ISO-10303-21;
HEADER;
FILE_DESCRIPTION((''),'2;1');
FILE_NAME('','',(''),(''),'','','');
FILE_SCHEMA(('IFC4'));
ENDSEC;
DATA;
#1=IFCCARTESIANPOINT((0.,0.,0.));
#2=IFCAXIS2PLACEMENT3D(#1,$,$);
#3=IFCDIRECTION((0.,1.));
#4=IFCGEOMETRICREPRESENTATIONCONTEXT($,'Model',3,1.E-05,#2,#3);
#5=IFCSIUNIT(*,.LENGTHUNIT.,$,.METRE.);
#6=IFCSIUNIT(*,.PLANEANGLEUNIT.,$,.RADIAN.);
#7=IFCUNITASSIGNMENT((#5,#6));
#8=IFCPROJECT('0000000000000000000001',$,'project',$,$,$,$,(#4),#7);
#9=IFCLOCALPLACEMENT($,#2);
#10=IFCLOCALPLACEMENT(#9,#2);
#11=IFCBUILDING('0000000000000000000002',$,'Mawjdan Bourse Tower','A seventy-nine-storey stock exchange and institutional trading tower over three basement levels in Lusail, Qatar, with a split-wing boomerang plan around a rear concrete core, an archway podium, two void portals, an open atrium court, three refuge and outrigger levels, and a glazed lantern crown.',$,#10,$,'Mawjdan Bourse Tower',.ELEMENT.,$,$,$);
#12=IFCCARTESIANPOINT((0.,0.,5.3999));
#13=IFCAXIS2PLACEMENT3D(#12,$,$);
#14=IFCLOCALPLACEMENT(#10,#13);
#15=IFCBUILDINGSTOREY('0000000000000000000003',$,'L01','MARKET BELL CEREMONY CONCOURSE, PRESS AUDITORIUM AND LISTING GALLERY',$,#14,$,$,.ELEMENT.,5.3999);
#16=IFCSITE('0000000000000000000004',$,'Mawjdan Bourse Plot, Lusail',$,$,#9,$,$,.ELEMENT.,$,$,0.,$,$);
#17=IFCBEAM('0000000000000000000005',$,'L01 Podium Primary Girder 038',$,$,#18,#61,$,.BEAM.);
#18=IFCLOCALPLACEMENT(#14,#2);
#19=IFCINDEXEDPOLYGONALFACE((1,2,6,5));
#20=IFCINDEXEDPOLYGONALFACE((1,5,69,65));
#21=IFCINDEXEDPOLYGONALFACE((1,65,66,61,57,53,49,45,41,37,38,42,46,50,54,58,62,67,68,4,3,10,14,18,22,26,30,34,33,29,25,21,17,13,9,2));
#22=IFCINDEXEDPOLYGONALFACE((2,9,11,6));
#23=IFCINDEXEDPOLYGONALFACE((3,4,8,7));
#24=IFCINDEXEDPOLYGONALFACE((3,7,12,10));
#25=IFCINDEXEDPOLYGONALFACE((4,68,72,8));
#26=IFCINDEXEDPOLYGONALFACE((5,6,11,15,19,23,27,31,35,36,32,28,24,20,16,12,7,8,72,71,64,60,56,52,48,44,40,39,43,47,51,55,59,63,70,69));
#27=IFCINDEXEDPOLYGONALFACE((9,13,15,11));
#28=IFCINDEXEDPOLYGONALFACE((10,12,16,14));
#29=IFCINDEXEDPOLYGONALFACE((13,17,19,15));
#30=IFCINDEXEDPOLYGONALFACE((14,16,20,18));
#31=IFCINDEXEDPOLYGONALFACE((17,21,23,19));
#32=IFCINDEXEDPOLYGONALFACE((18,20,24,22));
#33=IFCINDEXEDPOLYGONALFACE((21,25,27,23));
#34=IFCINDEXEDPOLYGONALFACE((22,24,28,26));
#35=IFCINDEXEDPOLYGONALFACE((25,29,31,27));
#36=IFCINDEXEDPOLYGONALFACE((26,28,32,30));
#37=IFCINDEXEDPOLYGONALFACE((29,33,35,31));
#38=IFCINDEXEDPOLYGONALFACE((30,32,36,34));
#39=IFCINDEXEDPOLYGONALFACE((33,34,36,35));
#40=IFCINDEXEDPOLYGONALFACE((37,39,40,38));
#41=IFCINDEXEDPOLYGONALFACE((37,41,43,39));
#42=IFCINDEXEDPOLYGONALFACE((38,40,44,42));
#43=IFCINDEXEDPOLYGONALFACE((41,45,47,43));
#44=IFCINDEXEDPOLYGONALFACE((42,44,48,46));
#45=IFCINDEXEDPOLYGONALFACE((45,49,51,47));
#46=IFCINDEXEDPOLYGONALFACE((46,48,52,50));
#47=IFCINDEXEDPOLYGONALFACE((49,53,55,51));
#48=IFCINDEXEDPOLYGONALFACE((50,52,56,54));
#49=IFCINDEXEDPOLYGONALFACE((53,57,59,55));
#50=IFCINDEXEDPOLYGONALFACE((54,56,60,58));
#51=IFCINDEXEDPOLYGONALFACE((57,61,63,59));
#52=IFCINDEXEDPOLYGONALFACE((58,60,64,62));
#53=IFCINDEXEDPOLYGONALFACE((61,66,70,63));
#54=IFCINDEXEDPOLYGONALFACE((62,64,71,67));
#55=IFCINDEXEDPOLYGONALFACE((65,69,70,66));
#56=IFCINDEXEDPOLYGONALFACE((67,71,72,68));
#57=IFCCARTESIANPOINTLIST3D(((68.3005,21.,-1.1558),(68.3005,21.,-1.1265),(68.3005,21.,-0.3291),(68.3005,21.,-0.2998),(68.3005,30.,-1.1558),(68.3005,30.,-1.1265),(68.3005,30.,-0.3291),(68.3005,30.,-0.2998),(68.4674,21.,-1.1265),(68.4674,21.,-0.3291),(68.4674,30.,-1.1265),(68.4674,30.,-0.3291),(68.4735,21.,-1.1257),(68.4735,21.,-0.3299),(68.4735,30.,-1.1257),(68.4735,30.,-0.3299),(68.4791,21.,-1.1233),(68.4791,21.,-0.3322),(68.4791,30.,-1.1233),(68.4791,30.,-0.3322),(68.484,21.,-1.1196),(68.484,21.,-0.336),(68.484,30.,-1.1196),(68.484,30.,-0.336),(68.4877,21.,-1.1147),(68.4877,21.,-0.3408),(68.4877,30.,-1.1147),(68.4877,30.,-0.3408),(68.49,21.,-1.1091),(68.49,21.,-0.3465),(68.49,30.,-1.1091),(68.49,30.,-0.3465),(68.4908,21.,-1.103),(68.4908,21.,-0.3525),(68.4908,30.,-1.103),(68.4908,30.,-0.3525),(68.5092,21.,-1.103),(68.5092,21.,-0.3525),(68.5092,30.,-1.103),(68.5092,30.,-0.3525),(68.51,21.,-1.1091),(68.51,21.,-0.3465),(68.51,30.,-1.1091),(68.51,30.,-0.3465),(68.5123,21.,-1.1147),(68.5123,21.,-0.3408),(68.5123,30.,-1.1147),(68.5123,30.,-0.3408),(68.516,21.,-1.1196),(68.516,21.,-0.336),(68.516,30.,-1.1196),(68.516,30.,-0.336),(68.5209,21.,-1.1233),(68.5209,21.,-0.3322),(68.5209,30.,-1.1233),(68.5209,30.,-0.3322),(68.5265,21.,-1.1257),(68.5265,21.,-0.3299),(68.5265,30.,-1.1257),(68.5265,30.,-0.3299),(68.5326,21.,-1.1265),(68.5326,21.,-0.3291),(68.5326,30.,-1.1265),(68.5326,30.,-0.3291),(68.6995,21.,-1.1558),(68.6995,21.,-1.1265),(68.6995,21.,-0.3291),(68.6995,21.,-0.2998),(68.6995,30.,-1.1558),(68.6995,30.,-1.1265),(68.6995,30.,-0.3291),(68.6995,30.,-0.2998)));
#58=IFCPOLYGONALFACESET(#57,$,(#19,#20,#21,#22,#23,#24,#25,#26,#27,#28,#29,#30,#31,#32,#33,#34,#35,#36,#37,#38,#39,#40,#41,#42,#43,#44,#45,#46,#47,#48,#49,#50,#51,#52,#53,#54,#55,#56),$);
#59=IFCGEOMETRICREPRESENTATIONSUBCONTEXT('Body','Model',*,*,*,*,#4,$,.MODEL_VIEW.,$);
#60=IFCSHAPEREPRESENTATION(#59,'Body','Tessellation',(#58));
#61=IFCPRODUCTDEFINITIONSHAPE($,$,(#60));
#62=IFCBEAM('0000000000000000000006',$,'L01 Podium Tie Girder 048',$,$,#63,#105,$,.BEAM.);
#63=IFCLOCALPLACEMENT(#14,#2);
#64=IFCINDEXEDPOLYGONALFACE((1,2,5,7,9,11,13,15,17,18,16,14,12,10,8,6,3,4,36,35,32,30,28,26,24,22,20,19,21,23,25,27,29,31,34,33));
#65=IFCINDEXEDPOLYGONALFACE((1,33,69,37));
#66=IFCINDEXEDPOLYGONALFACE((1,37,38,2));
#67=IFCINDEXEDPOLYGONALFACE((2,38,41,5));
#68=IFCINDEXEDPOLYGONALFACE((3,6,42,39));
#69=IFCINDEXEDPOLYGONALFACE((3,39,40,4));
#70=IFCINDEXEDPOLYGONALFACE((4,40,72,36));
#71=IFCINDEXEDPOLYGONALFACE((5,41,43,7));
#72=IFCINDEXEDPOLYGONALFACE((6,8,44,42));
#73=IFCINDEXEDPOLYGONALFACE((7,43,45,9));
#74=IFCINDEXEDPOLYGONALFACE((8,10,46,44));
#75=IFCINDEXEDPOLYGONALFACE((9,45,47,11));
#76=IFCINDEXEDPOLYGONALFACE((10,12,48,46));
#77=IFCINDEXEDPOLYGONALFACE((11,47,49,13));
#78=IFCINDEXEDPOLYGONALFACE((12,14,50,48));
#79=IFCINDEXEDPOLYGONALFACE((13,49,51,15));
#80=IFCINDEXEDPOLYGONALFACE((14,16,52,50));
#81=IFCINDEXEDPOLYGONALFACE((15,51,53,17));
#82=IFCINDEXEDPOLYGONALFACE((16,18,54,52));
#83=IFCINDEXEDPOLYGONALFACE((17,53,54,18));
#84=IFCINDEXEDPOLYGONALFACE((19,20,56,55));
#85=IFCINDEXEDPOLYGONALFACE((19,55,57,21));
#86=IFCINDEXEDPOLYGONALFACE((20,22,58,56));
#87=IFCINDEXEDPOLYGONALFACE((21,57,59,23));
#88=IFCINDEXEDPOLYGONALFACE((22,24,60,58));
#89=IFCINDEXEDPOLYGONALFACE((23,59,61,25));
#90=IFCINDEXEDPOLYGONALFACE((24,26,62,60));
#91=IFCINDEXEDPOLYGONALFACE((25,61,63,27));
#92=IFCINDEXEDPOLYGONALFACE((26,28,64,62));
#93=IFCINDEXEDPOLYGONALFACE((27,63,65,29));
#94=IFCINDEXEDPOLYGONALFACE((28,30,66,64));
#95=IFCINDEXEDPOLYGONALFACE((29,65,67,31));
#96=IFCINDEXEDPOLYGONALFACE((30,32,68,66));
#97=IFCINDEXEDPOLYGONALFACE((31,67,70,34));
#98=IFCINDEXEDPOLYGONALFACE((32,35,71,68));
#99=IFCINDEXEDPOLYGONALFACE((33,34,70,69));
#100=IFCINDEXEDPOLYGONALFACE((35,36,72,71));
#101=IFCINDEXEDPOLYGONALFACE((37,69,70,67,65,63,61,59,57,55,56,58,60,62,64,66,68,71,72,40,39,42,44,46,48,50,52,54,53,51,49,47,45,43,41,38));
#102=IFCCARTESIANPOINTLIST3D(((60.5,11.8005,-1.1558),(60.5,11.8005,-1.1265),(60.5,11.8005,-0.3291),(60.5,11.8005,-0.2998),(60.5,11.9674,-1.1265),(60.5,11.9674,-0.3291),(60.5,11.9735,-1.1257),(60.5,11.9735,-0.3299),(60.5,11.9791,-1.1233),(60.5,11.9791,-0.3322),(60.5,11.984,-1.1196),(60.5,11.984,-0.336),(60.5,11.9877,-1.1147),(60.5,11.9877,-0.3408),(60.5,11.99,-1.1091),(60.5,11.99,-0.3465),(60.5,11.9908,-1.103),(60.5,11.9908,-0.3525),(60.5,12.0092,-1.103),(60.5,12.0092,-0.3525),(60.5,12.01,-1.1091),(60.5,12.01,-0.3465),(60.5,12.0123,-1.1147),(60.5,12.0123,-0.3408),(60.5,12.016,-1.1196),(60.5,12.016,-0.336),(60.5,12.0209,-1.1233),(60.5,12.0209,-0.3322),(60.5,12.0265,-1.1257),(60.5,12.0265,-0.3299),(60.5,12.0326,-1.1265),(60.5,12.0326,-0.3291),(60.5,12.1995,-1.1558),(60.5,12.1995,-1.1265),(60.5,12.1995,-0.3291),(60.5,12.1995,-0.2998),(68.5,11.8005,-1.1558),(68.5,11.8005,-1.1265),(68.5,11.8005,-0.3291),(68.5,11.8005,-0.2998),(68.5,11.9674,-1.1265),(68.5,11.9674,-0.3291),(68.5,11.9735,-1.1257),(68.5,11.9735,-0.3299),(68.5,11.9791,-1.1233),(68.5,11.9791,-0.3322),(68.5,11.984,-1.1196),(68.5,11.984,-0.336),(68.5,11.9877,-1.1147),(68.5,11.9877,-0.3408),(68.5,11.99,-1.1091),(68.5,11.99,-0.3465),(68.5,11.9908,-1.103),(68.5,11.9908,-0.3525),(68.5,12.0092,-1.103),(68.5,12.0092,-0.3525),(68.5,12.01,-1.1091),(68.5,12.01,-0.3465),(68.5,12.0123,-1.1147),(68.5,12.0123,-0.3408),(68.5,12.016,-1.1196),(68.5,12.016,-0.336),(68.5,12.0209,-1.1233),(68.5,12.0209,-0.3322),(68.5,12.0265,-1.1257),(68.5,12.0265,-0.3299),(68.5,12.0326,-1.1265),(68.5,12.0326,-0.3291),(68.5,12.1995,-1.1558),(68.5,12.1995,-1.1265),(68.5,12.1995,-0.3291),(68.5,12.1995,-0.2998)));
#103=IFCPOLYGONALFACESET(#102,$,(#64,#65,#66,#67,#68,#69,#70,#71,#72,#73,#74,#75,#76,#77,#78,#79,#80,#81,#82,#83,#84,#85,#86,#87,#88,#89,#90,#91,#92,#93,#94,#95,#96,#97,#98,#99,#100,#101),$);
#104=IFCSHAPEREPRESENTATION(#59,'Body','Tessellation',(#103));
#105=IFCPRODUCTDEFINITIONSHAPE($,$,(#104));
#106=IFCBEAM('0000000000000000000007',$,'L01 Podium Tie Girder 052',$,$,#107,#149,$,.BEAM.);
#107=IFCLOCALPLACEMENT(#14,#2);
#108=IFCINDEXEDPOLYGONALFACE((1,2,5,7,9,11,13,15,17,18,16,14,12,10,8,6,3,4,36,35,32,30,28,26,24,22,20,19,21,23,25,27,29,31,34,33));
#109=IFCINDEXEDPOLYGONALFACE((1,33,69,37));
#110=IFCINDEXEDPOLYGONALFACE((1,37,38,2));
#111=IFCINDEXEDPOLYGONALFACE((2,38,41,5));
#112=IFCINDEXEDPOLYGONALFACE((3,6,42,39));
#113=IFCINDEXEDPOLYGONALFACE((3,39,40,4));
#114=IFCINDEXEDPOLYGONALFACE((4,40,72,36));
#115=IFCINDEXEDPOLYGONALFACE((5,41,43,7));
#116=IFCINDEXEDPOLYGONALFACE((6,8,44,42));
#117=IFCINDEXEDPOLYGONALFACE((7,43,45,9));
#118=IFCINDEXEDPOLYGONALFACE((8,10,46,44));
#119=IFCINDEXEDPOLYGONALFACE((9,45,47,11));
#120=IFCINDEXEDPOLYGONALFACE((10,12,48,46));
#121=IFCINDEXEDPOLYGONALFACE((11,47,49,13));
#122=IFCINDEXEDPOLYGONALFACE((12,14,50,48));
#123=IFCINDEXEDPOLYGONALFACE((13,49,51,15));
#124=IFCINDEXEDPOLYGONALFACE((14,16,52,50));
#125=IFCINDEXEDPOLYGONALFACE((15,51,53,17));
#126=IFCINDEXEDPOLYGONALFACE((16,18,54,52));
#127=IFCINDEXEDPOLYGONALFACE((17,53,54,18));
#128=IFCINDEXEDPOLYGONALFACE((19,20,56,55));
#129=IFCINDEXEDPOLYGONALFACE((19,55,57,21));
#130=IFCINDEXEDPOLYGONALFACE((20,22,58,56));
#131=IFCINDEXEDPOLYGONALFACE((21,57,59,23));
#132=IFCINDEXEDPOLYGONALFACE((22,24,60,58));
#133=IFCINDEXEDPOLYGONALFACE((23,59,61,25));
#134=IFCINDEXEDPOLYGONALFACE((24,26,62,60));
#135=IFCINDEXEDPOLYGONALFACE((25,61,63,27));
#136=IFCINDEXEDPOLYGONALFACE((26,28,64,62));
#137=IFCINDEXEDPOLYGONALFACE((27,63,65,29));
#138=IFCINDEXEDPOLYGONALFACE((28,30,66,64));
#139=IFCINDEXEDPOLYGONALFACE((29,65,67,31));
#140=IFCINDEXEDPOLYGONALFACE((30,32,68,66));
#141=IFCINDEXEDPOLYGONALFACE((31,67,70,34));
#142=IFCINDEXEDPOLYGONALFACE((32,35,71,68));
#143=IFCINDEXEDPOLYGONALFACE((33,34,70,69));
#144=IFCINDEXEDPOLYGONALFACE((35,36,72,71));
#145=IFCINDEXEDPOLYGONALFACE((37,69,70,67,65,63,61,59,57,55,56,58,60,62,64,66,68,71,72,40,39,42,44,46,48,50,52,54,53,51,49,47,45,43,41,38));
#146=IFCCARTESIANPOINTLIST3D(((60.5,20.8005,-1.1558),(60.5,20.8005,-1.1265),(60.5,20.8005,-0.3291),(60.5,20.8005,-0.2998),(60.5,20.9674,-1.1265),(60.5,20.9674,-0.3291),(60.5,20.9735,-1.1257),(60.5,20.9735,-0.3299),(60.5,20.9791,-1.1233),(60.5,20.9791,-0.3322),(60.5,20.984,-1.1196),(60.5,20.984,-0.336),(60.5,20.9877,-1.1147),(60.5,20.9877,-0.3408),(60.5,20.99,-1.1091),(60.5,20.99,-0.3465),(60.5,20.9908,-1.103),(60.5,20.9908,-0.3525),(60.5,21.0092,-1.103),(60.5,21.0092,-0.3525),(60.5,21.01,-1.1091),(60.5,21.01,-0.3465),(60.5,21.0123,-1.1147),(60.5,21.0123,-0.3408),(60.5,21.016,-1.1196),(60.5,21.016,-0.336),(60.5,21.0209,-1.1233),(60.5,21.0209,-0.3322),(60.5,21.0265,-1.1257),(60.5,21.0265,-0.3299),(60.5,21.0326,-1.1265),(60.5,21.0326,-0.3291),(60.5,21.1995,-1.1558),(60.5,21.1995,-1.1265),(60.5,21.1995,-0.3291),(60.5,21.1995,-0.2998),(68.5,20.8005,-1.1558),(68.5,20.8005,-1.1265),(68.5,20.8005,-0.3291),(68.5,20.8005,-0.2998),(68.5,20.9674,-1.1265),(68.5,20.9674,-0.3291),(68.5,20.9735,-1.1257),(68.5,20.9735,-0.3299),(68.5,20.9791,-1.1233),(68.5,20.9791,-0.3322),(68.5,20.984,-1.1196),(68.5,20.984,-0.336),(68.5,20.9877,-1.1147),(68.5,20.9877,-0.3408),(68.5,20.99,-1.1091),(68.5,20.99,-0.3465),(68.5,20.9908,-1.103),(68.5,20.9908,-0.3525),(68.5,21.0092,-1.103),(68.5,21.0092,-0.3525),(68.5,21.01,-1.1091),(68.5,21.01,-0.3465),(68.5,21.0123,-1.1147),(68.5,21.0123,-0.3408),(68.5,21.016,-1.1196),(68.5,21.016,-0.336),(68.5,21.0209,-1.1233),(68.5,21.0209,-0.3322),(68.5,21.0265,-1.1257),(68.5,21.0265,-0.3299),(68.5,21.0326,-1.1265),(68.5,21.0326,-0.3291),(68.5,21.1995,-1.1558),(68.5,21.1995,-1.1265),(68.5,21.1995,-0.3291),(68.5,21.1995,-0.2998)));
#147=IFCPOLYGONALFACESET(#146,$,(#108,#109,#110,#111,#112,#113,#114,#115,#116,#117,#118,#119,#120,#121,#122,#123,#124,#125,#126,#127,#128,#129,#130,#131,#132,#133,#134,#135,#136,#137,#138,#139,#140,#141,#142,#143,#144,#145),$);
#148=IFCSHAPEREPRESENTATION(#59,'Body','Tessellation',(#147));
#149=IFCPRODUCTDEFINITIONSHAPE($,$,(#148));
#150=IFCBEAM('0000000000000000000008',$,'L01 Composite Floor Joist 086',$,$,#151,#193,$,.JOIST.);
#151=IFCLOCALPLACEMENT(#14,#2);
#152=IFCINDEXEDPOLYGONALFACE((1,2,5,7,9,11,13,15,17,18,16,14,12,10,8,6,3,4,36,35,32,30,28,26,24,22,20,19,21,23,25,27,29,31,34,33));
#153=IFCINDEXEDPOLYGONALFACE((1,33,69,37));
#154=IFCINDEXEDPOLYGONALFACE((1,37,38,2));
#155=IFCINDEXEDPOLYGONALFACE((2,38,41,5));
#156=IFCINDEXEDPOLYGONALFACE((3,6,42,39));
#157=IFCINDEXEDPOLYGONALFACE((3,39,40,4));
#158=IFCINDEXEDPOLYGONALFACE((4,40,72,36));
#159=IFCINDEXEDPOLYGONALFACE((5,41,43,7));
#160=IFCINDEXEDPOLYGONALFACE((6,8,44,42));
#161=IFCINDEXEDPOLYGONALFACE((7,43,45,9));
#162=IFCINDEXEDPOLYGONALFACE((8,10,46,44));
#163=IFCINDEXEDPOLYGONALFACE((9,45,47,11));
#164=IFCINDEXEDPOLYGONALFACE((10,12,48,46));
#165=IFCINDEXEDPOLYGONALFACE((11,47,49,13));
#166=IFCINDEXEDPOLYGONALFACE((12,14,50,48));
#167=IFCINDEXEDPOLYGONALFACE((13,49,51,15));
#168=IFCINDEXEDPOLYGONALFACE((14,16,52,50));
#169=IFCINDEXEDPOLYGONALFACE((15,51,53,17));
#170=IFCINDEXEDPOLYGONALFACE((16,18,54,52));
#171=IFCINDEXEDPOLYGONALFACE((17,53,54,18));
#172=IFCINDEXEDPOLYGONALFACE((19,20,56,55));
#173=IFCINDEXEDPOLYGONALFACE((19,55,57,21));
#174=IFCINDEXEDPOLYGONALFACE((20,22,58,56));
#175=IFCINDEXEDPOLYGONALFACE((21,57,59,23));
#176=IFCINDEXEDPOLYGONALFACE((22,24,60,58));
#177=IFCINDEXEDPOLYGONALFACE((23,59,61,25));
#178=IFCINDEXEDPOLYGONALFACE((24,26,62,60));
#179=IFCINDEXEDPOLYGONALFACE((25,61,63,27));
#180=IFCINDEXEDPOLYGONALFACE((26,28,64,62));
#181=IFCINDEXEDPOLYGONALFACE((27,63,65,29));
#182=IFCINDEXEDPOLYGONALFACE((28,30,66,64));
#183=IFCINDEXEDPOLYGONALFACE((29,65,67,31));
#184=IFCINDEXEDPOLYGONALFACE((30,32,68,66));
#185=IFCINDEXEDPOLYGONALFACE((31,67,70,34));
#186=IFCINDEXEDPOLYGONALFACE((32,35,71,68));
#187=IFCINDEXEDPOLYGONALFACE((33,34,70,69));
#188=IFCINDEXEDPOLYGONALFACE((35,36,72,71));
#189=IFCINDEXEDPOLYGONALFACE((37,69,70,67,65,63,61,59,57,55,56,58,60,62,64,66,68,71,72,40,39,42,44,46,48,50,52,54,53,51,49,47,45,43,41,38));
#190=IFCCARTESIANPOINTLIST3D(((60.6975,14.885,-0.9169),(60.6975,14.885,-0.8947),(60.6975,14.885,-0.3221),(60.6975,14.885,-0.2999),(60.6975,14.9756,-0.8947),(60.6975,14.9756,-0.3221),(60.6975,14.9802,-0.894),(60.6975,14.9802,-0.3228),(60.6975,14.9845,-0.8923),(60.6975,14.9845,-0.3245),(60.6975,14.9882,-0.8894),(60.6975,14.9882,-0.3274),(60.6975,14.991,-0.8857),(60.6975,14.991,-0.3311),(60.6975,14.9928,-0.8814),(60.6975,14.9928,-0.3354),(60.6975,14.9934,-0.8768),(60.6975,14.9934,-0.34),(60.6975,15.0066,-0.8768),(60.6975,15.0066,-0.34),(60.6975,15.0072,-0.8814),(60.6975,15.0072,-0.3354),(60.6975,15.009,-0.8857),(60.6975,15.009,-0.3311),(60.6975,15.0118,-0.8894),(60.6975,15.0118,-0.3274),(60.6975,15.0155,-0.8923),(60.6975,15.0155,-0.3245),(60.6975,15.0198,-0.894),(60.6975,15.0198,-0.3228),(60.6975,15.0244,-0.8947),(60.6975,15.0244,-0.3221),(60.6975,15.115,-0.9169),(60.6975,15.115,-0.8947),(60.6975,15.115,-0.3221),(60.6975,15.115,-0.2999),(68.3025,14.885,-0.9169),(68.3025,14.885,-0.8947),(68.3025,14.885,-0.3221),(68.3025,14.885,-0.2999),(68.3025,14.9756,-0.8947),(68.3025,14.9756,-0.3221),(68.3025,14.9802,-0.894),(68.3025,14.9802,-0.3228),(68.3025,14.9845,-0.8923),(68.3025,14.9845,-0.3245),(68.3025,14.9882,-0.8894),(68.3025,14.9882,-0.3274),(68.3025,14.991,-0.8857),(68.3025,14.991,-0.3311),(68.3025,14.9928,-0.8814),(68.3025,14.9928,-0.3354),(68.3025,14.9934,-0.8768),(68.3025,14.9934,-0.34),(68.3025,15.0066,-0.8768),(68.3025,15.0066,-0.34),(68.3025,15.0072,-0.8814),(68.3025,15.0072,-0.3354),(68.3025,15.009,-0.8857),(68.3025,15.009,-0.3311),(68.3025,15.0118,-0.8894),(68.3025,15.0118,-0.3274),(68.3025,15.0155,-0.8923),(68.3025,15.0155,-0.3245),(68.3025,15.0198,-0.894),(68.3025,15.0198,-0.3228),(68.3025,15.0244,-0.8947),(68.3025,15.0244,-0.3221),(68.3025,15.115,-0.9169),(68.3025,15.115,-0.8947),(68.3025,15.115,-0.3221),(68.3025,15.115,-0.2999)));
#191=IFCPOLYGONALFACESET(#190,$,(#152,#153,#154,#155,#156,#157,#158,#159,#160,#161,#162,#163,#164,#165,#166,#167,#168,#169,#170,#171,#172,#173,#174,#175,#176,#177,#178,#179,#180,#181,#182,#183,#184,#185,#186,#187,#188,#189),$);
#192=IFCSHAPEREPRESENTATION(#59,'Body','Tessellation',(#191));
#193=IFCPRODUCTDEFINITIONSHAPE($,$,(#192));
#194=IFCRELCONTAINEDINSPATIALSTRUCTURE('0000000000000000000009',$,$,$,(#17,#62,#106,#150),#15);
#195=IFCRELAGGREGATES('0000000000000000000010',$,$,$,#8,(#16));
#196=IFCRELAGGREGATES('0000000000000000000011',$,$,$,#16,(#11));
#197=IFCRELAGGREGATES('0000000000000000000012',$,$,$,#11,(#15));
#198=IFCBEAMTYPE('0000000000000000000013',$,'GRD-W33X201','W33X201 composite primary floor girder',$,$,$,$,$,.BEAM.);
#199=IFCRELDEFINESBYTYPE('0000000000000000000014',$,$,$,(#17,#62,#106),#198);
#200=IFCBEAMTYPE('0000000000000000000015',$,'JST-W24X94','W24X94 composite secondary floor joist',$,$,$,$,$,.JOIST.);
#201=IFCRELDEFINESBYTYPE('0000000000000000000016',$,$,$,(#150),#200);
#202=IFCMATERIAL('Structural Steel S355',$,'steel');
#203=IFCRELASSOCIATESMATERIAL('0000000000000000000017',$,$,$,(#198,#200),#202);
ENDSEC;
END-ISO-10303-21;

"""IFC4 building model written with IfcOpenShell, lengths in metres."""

from ifc_helpers import new_model, si_unit, direction, frame, origin, origin_2d, place, context, subcontext, project, spatial, i_section, extrude, material, material_profile, profile_set, type_object, element, save


model = new_model("IFC4")

# Units and contexts
model_context = context("Model", 3, precision=1e-05, world=origin(), true_north=direction((0.0, 1.0)))
body_context = subcontext(model_context, "Body", "Model", "MODEL_VIEW")
ifc_project = project(units=[si_unit("LENGTHUNIT", "METRE"), si_unit("PLANEANGLEUNIT", "RADIAN")], contexts=[model_context])

# Site, building, storey
site_placement = place(None, origin())
site = spatial("IfcSite", under=ifc_project, at=site_placement, Name="Mawjdan Bourse Plot, Lusail", CompositionType="ELEMENT", RefElevation=0.0)
building_placement = place(site_placement, origin())
building = spatial("IfcBuilding", under=site, at=building_placement, Name="Mawjdan Bourse Tower", Description="A seventy-nine-storey stock exchange and institutional trading tower over three basement levels in Lusail, Qatar, with a split-wing boomerang plan around a rear concrete core, an archway podium, two void portals, an open atrium court, three refuge and outrigger levels, and a glazed lantern crown.", LongName="Mawjdan Bourse Tower", CompositionType="ELEMENT")
storey_placement = place(building_placement, frame((0.0, 0.0, 5.3999)))
storey = spatial("IfcBuildingStorey", under=building, at=storey_placement, Name="L01", Description="MARKET BELL CEREMONY CONCOURSE, PRESS AUDITORIUM AND LISTING GALLERY", CompositionType="ELEMENT", Elevation=5.3999)

# Beams
ifc_material_1 = material(Name="Structural Steel S355", Category="steel")
ifc_material_profile_1 = material_profile(ifc_material_1, i_section(OverallWidth=0.3989, OverallDepth=0.856, WebThickness=0.0183, FlangeThickness=0.0293, FilletRadius=0.0234, at=origin_2d()), Name="W33X201")
ifc_profile_set_1 = profile_set([ifc_material_profile_1], Name="Structural Steel S355")
beam_type_1 = type_object("IfcBeamType", Name="GRD-W33X201", Description="W33X201 composite primary floor girder", PredefinedType="BEAM", material=ifc_profile_set_1)
for number, where, z_axis, x_axis, name in (
    (1, (68.5, 21.0, -0.7278), (0.0, 1.0, 0.0), (-1.0, 0.0, 0.0), "L01 Podium Primary Girder 038"),
):
    element("IfcBeam", number, at=place(storey_placement, frame(where, z_axis=z_axis, x_axis=x_axis)), inside=storey, type_object=beam_type_1, Name=name, PredefinedType="BEAM", context=body_context, shape_type="SweptSolid", body=[
        extrude(i_section(OverallWidth=0.3989, OverallDepth=0.856, WebThickness=0.0183, FlangeThickness=0.0293, FilletRadius=0.0234, at=origin_2d()), origin(), (0.0, 0.0, 1.0), 9.0),
    ])
for number, where, z_axis, x_axis, name in (
    (2, (60.5, 12.0, -0.7278), (1.0, 0.0, 0.0), (0.0, 1.0, 0.0), "L01 Podium Tie Girder 048"),
    (3, (60.5, 21.0, -0.7278), (1.0, 0.0, 0.0), (0.0, 1.0, 0.0), "L01 Podium Tie Girder 052"),
):
    element("IfcBeam", number, at=place(storey_placement, frame(where, z_axis=z_axis, x_axis=x_axis)), inside=storey, type_object=beam_type_1, Name=name, PredefinedType="BEAM", context=body_context, shape_type="SweptSolid", body=[
        extrude(i_section(OverallWidth=0.3989, OverallDepth=0.856, WebThickness=0.0183, FlangeThickness=0.0293, FilletRadius=0.0234, at=origin_2d()), origin(), (0.0, 0.0, 1.0), 8.0),
    ])
ifc_material_profile_2 = material_profile(ifc_material_1, i_section(OverallWidth=0.23, OverallDepth=0.6169, WebThickness=0.0132, FlangeThickness=0.0222, FilletRadius=0.0178, at=origin_2d()), Name="W24X94")
ifc_profile_set_2 = profile_set([ifc_material_profile_2], Name="Structural Steel S355")
beam_type_2 = type_object("IfcBeamType", Name="JST-W24X94", Description="W24X94 composite secondary floor joist", PredefinedType="JOIST", material=ifc_profile_set_2)
for number, where, z_axis, x_axis, name in (
    (4, (60.6975, 15.0, -0.6084), (1.0, 0.0, 0.0), (0.0, 1.0, 0.0), "L01 Composite Floor Joist 086"),
):
    element("IfcBeam", number, at=place(storey_placement, frame(where, z_axis=z_axis, x_axis=x_axis)), inside=storey, type_object=beam_type_2, Name=name, PredefinedType="JOIST", context=body_context, shape_type="SweptSolid", body=[
        extrude(i_section(OverallWidth=0.23, OverallDepth=0.6169, WebThickness=0.0132, FlangeThickness=0.0222, FilletRadius=0.0178, at=origin_2d()), origin(), (0.0, 0.0, 1.0), 7.605),
    ])

save(model, "model.ifc")
